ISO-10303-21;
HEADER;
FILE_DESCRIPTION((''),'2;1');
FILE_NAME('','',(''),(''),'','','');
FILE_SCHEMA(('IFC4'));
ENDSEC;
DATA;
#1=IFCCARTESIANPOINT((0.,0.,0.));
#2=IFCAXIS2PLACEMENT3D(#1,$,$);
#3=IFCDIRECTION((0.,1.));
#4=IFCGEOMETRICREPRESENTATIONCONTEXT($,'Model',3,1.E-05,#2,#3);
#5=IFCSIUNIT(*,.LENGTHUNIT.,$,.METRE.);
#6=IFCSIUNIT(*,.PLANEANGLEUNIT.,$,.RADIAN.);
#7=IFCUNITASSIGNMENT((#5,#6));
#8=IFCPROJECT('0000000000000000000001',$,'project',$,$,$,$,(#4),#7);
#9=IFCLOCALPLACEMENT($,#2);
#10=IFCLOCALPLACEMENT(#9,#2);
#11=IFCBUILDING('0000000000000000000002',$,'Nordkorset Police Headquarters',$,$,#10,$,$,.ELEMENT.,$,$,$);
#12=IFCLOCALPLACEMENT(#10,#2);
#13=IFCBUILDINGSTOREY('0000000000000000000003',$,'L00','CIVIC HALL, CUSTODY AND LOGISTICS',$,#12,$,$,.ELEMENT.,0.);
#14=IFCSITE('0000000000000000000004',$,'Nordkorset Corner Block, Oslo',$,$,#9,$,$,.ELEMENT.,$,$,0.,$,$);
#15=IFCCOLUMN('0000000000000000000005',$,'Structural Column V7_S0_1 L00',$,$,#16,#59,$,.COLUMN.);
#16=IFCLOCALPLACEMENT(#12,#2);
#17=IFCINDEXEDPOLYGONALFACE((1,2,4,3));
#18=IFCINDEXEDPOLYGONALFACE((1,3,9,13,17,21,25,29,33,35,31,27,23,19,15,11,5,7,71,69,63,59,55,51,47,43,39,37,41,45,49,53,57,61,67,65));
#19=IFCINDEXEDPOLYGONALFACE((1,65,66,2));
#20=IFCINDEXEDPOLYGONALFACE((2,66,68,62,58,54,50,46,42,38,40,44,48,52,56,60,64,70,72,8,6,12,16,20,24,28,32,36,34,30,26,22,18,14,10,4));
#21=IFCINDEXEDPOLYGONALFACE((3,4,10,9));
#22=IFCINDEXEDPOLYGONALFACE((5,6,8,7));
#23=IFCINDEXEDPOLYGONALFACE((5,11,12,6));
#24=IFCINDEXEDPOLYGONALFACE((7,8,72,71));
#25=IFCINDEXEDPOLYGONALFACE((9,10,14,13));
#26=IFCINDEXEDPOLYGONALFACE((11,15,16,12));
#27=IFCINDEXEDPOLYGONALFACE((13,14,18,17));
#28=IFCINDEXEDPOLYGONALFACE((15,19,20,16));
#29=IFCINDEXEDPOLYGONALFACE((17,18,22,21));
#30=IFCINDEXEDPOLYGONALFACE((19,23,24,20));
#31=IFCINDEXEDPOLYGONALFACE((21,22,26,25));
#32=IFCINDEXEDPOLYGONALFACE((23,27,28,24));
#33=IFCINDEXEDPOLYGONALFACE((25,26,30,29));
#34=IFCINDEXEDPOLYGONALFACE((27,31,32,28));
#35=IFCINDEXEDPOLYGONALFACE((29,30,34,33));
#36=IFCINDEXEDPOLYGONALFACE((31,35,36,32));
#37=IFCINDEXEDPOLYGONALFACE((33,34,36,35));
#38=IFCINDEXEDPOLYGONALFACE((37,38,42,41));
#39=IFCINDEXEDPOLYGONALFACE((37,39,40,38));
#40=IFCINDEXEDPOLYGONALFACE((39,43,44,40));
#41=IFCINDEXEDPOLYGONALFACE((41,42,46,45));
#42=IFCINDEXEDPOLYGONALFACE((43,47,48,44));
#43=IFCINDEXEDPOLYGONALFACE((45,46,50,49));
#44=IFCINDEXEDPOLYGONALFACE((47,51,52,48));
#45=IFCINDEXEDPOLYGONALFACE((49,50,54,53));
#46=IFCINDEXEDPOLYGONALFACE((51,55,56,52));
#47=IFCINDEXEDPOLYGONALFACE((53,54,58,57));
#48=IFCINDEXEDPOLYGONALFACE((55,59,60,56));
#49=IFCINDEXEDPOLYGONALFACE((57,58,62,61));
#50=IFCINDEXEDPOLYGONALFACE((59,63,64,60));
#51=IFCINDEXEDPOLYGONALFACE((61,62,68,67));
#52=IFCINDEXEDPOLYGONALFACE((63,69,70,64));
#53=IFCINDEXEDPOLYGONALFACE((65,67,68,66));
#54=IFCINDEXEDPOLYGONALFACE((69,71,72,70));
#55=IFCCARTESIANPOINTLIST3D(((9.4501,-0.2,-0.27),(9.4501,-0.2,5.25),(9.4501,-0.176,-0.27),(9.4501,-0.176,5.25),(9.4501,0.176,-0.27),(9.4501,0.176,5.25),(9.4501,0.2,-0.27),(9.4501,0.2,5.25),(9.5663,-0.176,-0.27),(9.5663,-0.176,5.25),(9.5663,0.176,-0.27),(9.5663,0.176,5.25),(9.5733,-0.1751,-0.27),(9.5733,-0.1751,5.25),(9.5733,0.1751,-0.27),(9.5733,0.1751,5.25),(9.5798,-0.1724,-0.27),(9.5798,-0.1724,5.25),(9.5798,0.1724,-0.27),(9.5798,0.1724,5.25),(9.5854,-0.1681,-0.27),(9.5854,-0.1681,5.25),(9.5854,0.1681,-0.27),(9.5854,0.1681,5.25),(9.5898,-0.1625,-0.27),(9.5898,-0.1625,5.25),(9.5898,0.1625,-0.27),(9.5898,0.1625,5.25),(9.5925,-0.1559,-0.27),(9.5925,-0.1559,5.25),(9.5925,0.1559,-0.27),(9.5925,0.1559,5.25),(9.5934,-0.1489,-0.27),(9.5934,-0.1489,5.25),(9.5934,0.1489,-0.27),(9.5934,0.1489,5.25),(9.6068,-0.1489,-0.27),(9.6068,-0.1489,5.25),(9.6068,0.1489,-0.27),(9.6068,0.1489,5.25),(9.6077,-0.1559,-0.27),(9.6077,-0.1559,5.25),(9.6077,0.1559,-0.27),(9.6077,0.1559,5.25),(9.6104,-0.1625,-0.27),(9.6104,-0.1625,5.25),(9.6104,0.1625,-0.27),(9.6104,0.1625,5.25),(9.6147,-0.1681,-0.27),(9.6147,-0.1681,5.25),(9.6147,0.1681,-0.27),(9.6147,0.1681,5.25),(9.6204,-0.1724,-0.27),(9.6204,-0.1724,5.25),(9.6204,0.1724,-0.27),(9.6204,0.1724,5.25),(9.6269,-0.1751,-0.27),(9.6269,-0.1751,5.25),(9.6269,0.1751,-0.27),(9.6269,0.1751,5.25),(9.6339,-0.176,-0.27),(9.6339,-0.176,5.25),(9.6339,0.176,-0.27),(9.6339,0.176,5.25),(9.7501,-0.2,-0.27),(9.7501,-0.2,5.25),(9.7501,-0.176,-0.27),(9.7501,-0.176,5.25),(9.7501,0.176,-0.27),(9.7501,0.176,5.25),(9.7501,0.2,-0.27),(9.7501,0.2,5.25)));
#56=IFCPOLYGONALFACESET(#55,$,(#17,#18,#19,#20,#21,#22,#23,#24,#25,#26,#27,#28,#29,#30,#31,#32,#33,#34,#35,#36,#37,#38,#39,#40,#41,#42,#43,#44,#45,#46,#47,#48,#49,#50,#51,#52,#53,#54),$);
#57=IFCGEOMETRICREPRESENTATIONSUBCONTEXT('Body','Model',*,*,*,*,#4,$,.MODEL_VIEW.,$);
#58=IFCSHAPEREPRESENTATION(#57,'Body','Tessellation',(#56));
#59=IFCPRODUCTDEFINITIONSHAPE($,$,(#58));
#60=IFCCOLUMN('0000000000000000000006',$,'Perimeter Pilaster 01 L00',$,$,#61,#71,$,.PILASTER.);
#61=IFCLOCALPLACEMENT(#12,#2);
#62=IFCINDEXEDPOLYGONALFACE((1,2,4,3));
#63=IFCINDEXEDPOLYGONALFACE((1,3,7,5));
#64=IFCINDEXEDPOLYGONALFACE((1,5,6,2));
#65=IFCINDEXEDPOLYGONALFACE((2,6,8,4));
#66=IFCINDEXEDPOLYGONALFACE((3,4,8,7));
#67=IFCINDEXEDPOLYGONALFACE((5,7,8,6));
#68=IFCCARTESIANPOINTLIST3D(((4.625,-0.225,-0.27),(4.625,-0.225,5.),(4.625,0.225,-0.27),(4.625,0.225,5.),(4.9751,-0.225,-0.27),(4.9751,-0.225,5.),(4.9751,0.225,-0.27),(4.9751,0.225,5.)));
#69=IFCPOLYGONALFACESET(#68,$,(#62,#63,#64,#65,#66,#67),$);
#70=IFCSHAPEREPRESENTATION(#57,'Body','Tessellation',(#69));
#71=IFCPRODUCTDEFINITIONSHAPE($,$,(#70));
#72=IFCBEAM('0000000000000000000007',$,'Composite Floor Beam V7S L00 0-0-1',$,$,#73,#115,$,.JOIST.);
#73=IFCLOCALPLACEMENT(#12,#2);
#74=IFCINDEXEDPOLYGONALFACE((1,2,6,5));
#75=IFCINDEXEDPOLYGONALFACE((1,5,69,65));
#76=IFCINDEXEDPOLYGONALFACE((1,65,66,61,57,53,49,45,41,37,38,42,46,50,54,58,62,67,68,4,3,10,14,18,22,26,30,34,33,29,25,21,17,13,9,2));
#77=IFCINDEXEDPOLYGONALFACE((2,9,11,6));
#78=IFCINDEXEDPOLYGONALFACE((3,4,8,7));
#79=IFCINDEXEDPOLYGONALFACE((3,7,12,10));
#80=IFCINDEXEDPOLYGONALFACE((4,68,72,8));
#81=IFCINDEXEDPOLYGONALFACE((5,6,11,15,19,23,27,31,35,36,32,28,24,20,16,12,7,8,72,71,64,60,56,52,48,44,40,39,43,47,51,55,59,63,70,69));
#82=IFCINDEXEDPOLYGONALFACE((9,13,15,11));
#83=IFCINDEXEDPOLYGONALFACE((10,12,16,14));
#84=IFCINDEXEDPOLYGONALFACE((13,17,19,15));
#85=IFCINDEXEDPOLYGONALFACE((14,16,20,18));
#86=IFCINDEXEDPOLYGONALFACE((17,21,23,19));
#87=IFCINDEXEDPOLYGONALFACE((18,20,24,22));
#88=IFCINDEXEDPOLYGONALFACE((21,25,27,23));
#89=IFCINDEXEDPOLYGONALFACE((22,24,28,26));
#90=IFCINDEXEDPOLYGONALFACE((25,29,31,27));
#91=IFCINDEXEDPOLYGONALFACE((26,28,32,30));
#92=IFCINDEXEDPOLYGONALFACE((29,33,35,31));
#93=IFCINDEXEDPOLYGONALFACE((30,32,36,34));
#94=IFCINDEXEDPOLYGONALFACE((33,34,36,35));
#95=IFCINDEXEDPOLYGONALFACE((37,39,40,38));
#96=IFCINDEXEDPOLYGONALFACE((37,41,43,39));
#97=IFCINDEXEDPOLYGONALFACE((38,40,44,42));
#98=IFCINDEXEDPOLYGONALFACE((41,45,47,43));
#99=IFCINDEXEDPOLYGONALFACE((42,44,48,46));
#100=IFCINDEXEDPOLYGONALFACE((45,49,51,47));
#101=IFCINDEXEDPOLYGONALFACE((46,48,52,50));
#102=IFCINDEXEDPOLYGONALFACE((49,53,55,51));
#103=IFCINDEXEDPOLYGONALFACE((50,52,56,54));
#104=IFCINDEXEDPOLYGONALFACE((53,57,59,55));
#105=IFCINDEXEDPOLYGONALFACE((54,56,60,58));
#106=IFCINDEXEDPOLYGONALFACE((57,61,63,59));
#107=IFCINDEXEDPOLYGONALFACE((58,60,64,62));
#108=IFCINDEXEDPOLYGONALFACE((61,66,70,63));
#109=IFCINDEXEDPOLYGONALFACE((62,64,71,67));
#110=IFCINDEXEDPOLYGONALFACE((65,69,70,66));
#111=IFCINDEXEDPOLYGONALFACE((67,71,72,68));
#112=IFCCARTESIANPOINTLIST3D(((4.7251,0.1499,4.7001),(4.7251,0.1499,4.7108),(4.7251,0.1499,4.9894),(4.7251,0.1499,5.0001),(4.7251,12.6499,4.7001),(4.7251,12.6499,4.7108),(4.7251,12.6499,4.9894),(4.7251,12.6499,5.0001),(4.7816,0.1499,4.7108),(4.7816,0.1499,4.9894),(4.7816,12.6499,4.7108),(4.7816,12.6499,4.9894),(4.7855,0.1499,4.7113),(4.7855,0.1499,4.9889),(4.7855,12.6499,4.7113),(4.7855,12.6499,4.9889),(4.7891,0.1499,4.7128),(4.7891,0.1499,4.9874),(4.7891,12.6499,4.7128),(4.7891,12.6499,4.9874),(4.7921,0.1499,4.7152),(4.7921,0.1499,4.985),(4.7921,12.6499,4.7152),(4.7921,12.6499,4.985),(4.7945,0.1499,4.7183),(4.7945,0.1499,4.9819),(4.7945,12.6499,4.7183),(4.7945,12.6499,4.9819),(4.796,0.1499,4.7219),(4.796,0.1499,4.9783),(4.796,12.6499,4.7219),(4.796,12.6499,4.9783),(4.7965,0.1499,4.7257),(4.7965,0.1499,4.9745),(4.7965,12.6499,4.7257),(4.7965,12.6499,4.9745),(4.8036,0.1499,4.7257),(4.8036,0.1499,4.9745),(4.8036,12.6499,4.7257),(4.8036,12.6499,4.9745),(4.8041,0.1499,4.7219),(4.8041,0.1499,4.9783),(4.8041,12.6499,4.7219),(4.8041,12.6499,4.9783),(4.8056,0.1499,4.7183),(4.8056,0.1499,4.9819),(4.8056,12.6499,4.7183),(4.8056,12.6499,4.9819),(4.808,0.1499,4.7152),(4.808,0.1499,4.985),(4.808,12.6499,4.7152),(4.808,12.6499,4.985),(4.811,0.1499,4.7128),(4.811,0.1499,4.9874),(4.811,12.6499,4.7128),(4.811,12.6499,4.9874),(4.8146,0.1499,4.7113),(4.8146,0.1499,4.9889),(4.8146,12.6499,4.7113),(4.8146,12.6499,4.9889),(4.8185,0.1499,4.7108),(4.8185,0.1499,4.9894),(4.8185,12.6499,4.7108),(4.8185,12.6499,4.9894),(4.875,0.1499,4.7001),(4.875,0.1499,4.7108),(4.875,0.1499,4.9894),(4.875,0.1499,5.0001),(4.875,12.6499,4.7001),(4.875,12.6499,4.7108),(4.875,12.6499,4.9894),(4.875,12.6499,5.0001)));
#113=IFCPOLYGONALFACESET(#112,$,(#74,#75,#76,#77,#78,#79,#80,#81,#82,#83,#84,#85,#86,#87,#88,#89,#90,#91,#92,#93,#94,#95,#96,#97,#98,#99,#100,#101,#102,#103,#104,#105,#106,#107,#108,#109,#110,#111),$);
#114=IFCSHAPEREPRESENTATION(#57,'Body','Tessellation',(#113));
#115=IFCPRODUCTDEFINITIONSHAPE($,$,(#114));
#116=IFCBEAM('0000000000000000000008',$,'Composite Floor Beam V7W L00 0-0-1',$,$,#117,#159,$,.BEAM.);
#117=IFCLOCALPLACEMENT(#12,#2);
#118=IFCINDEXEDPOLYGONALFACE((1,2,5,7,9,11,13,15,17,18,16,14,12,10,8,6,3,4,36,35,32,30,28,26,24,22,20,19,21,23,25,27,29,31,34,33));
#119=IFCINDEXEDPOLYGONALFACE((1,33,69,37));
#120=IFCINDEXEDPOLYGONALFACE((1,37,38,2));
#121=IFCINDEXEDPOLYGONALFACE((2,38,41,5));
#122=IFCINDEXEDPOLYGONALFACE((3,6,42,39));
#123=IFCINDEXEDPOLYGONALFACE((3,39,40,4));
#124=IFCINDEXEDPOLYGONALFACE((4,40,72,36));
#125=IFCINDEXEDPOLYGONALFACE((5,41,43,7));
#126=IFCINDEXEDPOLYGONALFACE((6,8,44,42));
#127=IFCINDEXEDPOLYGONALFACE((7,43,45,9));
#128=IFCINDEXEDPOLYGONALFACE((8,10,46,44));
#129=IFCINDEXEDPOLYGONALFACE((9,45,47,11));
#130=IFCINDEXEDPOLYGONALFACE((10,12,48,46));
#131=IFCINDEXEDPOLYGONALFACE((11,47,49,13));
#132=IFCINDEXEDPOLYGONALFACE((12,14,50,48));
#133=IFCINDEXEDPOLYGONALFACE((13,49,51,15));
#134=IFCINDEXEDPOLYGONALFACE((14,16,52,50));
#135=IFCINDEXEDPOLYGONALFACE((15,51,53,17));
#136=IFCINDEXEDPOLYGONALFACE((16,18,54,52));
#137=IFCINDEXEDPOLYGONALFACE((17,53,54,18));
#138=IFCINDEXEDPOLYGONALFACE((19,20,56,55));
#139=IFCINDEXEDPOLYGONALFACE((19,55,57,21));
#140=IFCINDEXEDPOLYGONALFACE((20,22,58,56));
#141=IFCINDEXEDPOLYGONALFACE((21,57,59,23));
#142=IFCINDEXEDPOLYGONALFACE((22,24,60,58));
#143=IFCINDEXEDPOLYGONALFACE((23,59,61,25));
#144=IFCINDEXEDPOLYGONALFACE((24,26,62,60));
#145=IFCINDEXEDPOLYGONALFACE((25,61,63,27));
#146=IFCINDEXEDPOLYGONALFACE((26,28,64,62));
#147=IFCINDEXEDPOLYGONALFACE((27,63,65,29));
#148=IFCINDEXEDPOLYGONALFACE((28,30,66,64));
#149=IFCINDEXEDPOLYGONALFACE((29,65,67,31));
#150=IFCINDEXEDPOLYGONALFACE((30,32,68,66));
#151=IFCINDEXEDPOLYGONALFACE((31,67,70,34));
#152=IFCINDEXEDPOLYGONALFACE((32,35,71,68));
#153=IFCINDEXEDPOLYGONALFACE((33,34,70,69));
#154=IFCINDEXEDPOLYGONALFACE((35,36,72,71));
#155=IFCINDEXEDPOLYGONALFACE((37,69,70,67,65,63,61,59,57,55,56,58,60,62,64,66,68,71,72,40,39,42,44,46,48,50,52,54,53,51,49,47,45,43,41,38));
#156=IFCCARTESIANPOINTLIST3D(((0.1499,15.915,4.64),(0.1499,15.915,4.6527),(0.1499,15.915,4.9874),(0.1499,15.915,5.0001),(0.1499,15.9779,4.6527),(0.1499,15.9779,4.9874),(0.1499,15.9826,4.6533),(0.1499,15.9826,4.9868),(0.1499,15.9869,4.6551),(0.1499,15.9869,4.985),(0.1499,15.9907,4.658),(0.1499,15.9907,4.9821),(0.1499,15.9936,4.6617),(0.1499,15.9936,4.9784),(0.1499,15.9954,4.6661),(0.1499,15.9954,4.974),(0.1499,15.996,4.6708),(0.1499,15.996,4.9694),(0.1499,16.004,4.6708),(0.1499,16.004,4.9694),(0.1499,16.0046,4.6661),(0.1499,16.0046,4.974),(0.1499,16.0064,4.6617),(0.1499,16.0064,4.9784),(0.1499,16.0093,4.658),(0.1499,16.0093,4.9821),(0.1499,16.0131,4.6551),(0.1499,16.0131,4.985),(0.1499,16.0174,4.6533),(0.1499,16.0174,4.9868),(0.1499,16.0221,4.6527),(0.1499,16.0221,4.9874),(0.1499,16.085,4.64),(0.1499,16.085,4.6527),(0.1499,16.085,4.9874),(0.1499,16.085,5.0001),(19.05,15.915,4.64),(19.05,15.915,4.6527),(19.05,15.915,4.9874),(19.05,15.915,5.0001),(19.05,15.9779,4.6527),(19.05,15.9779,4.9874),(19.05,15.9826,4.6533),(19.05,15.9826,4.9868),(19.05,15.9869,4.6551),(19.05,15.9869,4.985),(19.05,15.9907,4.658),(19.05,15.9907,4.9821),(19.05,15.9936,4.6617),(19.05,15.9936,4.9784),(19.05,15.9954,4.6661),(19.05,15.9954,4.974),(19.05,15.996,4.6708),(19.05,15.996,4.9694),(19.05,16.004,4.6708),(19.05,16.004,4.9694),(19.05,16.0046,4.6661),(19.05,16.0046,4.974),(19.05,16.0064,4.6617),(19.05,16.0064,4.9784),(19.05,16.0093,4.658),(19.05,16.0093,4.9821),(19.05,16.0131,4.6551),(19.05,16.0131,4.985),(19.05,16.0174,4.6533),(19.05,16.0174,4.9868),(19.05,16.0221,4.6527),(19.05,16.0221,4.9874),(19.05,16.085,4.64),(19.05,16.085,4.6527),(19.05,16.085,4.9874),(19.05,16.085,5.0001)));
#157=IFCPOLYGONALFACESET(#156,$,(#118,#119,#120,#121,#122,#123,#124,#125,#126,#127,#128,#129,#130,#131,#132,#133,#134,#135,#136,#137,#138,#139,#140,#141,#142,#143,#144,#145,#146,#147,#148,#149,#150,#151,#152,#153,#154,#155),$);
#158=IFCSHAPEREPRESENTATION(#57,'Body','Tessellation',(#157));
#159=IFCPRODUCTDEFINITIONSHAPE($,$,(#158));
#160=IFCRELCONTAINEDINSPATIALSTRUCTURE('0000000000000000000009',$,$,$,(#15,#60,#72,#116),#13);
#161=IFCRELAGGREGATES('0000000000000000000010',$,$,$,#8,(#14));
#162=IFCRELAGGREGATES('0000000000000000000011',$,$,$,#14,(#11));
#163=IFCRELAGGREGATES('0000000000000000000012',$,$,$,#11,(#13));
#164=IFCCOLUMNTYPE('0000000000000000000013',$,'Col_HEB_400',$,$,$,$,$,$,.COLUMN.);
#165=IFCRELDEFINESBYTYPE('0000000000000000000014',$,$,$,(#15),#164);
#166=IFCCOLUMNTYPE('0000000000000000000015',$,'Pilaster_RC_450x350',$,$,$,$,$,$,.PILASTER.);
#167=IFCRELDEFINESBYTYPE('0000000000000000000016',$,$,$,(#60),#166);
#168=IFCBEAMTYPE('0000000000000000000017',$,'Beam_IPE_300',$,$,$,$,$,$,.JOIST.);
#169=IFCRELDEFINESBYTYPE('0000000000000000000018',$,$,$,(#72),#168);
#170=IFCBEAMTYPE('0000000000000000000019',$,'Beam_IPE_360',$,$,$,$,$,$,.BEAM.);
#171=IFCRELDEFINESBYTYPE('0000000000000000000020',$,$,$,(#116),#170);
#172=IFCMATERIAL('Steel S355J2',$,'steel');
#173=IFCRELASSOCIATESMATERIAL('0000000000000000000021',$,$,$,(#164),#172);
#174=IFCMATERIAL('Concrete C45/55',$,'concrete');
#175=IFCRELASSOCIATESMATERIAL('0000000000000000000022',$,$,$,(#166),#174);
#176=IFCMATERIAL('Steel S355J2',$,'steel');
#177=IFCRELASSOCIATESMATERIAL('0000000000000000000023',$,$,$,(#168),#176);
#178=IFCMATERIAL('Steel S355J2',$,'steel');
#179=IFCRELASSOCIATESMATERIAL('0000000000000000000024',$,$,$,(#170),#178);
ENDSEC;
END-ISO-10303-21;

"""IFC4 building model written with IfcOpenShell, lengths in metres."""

from ifc_helpers import new_model, si_unit, direction, frame, origin, origin_2d, place, context, subcontext, project, spatial, rectangle, i_section, extrude, material, material_profile, profile_set, type_object, element, save


model = new_model("IFC4")

# Units and contexts
model_context = context("Model", 3, precision=1e-05, world=origin(), true_north=direction((0.0, 1.0)))
body_context = subcontext(model_context, "Body", "Model", "MODEL_VIEW")
ifc_project = project(units=[si_unit("LENGTHUNIT", "METRE"), si_unit("PLANEANGLEUNIT", "RADIAN")], contexts=[model_context])

# Site, building, storey
site_placement = place(None, origin())
site = spatial("IfcSite", under=ifc_project, at=site_placement, Name="Nordkorset Corner Block, Oslo", CompositionType="ELEMENT", RefElevation=0.0)
building_placement = place(site_placement, origin())
building = spatial("IfcBuilding", under=site, at=building_placement, Name="Nordkorset Police Headquarters", CompositionType="ELEMENT")
storey_placement = place(building_placement, origin())
storey = spatial("IfcBuildingStorey", under=building, at=storey_placement, Name="L00", Description="CIVIC HALL, CUSTODY AND LOGISTICS", CompositionType="ELEMENT", Elevation=0.0)

# Columns
ifc_material_1 = material(Name="Steel S355J2", Category="steel")
ifc_material_profile_1 = material_profile(ifc_material_1, i_section(OverallWidth=0.3, OverallDepth=0.3999, WebThickness=0.0134, FlangeThickness=0.0239, FilletRadius=0.0271, at=origin_2d()), Name="HEB 400")
ifc_profile_set_1 = profile_set([ifc_material_profile_1], Name="Steel S355J2")
column_type_1 = type_object("IfcColumnType", Name="Col_HEB_400", PredefinedType="COLUMN", material=ifc_profile_set_1)
for number, where, z_axis, x_axis, name in (
    (1, (9.6001, 0.0, -0.27), (0.0, 0.0, 1.0), (1.0, 0.0, 0.0), "Structural Column V7_S0_1 L00"),
):
    element("IfcColumn", number, at=place(storey_placement, frame(where, z_axis=z_axis, x_axis=x_axis)), inside=storey, type_object=column_type_1, Name=name, PredefinedType="COLUMN", context=body_context, shape_type="SweptSolid", body=[
        extrude(i_section(OverallWidth=0.3, OverallDepth=0.3999, WebThickness=0.0134, FlangeThickness=0.0239, FilletRadius=0.0271, at=origin_2d()), origin(), (0.0, 0.0, 1.0), 5.52),
    ])
ifc_material_2 = material(Name="Concrete C45/55", Category="concrete")
ifc_material_profile_2 = material_profile(ifc_material_2, rectangle(XDim=0.3501, YDim=0.45, at=origin_2d()), Name="RC 450x350")
ifc_profile_set_2 = profile_set([ifc_material_profile_2], Name="Concrete C45/55")
column_type_2 = type_object("IfcColumnType", Name="Pilaster_RC_450x350", PredefinedType="PILASTER", material=ifc_profile_set_2)
column_placement = place(storey_placement, frame((4.8, 0.0, -0.27), z_axis=(0.0, 0.0, 1.0), x_axis=(1.0, 0.0, 0.0)))
element("IfcColumn", 2, at=column_placement, inside=storey, type_object=column_type_2, Name="Perimeter Pilaster 01 L00", PredefinedType="PILASTER", context=body_context, shape_type="SweptSolid", body=[
    extrude(rectangle(XDim=0.3501, YDim=0.45, at=origin_2d()), origin(), (0.0, 0.0, 1.0), 5.27),
])

# Beams
ifc_material_3 = material(Name="Steel S355J2", Category="steel")
ifc_material_profile_3 = material_profile(ifc_material_3, i_section(OverallWidth=0.1499, OverallDepth=0.3, WebThickness=0.0071, FlangeThickness=0.0107, FilletRadius=0.0149, at=origin_2d()), Name="IPE 300")
ifc_profile_set_3 = profile_set([ifc_material_profile_3], Name="Steel S355J2")
beam_type_1 = type_object("IfcBeamType", Name="Beam_IPE_300", PredefinedType="JOIST", material=ifc_profile_set_3)
beam_1_placement = place(storey_placement, frame((4.8, 0.1499, 4.8501), z_axis=(0.0, 1.0, 0.0), x_axis=(-1.0, 0.0, 0.0)))
element("IfcBeam", 3, at=beam_1_placement, inside=storey, type_object=beam_type_1, Name="Composite Floor Beam V7S L00 0-0-1", PredefinedType="JOIST", context=body_context, shape_type="SweptSolid", body=[
    extrude(i_section(OverallWidth=0.1499, OverallDepth=0.3, WebThickness=0.0071, FlangeThickness=0.0107, FilletRadius=0.0149, at=origin_2d()), origin(), (0.0, 0.0, 1.0), 12.5),
])
ifc_material_4 = material(Name="Steel S355J2", Category="steel")
ifc_material_profile_4 = material_profile(ifc_material_4, i_section(OverallWidth=0.1699, OverallDepth=0.3601, WebThickness=0.0081, FlangeThickness=0.0127, FilletRadius=0.0181, at=origin_2d()), Name="IPE 360")
ifc_profile_set_4 = profile_set([ifc_material_profile_4], Name="Steel S355J2")
beam_type_2 = type_object("IfcBeamType", Name="Beam_IPE_360", PredefinedType="BEAM", material=ifc_profile_set_4)
beam_2_placement = place(storey_placement, frame((0.1499, 16.0, 4.8201), z_axis=(1.0, 0.0, 0.0), x_axis=(0.0, 1.0, 0.0)))
element("IfcBeam", 4, at=beam_2_placement, inside=storey, type_object=beam_type_2, Name="Composite Floor Beam V7W L00 0-0-1", PredefinedType="BEAM", context=body_context, shape_type="SweptSolid", body=[
    extrude(i_section(OverallWidth=0.1699, OverallDepth=0.3601, WebThickness=0.0081, FlangeThickness=0.0127, FilletRadius=0.0181, at=origin_2d()), origin(), (0.0, 0.0, 1.0), 18.9001),
])

save(model, "model.ifc")
